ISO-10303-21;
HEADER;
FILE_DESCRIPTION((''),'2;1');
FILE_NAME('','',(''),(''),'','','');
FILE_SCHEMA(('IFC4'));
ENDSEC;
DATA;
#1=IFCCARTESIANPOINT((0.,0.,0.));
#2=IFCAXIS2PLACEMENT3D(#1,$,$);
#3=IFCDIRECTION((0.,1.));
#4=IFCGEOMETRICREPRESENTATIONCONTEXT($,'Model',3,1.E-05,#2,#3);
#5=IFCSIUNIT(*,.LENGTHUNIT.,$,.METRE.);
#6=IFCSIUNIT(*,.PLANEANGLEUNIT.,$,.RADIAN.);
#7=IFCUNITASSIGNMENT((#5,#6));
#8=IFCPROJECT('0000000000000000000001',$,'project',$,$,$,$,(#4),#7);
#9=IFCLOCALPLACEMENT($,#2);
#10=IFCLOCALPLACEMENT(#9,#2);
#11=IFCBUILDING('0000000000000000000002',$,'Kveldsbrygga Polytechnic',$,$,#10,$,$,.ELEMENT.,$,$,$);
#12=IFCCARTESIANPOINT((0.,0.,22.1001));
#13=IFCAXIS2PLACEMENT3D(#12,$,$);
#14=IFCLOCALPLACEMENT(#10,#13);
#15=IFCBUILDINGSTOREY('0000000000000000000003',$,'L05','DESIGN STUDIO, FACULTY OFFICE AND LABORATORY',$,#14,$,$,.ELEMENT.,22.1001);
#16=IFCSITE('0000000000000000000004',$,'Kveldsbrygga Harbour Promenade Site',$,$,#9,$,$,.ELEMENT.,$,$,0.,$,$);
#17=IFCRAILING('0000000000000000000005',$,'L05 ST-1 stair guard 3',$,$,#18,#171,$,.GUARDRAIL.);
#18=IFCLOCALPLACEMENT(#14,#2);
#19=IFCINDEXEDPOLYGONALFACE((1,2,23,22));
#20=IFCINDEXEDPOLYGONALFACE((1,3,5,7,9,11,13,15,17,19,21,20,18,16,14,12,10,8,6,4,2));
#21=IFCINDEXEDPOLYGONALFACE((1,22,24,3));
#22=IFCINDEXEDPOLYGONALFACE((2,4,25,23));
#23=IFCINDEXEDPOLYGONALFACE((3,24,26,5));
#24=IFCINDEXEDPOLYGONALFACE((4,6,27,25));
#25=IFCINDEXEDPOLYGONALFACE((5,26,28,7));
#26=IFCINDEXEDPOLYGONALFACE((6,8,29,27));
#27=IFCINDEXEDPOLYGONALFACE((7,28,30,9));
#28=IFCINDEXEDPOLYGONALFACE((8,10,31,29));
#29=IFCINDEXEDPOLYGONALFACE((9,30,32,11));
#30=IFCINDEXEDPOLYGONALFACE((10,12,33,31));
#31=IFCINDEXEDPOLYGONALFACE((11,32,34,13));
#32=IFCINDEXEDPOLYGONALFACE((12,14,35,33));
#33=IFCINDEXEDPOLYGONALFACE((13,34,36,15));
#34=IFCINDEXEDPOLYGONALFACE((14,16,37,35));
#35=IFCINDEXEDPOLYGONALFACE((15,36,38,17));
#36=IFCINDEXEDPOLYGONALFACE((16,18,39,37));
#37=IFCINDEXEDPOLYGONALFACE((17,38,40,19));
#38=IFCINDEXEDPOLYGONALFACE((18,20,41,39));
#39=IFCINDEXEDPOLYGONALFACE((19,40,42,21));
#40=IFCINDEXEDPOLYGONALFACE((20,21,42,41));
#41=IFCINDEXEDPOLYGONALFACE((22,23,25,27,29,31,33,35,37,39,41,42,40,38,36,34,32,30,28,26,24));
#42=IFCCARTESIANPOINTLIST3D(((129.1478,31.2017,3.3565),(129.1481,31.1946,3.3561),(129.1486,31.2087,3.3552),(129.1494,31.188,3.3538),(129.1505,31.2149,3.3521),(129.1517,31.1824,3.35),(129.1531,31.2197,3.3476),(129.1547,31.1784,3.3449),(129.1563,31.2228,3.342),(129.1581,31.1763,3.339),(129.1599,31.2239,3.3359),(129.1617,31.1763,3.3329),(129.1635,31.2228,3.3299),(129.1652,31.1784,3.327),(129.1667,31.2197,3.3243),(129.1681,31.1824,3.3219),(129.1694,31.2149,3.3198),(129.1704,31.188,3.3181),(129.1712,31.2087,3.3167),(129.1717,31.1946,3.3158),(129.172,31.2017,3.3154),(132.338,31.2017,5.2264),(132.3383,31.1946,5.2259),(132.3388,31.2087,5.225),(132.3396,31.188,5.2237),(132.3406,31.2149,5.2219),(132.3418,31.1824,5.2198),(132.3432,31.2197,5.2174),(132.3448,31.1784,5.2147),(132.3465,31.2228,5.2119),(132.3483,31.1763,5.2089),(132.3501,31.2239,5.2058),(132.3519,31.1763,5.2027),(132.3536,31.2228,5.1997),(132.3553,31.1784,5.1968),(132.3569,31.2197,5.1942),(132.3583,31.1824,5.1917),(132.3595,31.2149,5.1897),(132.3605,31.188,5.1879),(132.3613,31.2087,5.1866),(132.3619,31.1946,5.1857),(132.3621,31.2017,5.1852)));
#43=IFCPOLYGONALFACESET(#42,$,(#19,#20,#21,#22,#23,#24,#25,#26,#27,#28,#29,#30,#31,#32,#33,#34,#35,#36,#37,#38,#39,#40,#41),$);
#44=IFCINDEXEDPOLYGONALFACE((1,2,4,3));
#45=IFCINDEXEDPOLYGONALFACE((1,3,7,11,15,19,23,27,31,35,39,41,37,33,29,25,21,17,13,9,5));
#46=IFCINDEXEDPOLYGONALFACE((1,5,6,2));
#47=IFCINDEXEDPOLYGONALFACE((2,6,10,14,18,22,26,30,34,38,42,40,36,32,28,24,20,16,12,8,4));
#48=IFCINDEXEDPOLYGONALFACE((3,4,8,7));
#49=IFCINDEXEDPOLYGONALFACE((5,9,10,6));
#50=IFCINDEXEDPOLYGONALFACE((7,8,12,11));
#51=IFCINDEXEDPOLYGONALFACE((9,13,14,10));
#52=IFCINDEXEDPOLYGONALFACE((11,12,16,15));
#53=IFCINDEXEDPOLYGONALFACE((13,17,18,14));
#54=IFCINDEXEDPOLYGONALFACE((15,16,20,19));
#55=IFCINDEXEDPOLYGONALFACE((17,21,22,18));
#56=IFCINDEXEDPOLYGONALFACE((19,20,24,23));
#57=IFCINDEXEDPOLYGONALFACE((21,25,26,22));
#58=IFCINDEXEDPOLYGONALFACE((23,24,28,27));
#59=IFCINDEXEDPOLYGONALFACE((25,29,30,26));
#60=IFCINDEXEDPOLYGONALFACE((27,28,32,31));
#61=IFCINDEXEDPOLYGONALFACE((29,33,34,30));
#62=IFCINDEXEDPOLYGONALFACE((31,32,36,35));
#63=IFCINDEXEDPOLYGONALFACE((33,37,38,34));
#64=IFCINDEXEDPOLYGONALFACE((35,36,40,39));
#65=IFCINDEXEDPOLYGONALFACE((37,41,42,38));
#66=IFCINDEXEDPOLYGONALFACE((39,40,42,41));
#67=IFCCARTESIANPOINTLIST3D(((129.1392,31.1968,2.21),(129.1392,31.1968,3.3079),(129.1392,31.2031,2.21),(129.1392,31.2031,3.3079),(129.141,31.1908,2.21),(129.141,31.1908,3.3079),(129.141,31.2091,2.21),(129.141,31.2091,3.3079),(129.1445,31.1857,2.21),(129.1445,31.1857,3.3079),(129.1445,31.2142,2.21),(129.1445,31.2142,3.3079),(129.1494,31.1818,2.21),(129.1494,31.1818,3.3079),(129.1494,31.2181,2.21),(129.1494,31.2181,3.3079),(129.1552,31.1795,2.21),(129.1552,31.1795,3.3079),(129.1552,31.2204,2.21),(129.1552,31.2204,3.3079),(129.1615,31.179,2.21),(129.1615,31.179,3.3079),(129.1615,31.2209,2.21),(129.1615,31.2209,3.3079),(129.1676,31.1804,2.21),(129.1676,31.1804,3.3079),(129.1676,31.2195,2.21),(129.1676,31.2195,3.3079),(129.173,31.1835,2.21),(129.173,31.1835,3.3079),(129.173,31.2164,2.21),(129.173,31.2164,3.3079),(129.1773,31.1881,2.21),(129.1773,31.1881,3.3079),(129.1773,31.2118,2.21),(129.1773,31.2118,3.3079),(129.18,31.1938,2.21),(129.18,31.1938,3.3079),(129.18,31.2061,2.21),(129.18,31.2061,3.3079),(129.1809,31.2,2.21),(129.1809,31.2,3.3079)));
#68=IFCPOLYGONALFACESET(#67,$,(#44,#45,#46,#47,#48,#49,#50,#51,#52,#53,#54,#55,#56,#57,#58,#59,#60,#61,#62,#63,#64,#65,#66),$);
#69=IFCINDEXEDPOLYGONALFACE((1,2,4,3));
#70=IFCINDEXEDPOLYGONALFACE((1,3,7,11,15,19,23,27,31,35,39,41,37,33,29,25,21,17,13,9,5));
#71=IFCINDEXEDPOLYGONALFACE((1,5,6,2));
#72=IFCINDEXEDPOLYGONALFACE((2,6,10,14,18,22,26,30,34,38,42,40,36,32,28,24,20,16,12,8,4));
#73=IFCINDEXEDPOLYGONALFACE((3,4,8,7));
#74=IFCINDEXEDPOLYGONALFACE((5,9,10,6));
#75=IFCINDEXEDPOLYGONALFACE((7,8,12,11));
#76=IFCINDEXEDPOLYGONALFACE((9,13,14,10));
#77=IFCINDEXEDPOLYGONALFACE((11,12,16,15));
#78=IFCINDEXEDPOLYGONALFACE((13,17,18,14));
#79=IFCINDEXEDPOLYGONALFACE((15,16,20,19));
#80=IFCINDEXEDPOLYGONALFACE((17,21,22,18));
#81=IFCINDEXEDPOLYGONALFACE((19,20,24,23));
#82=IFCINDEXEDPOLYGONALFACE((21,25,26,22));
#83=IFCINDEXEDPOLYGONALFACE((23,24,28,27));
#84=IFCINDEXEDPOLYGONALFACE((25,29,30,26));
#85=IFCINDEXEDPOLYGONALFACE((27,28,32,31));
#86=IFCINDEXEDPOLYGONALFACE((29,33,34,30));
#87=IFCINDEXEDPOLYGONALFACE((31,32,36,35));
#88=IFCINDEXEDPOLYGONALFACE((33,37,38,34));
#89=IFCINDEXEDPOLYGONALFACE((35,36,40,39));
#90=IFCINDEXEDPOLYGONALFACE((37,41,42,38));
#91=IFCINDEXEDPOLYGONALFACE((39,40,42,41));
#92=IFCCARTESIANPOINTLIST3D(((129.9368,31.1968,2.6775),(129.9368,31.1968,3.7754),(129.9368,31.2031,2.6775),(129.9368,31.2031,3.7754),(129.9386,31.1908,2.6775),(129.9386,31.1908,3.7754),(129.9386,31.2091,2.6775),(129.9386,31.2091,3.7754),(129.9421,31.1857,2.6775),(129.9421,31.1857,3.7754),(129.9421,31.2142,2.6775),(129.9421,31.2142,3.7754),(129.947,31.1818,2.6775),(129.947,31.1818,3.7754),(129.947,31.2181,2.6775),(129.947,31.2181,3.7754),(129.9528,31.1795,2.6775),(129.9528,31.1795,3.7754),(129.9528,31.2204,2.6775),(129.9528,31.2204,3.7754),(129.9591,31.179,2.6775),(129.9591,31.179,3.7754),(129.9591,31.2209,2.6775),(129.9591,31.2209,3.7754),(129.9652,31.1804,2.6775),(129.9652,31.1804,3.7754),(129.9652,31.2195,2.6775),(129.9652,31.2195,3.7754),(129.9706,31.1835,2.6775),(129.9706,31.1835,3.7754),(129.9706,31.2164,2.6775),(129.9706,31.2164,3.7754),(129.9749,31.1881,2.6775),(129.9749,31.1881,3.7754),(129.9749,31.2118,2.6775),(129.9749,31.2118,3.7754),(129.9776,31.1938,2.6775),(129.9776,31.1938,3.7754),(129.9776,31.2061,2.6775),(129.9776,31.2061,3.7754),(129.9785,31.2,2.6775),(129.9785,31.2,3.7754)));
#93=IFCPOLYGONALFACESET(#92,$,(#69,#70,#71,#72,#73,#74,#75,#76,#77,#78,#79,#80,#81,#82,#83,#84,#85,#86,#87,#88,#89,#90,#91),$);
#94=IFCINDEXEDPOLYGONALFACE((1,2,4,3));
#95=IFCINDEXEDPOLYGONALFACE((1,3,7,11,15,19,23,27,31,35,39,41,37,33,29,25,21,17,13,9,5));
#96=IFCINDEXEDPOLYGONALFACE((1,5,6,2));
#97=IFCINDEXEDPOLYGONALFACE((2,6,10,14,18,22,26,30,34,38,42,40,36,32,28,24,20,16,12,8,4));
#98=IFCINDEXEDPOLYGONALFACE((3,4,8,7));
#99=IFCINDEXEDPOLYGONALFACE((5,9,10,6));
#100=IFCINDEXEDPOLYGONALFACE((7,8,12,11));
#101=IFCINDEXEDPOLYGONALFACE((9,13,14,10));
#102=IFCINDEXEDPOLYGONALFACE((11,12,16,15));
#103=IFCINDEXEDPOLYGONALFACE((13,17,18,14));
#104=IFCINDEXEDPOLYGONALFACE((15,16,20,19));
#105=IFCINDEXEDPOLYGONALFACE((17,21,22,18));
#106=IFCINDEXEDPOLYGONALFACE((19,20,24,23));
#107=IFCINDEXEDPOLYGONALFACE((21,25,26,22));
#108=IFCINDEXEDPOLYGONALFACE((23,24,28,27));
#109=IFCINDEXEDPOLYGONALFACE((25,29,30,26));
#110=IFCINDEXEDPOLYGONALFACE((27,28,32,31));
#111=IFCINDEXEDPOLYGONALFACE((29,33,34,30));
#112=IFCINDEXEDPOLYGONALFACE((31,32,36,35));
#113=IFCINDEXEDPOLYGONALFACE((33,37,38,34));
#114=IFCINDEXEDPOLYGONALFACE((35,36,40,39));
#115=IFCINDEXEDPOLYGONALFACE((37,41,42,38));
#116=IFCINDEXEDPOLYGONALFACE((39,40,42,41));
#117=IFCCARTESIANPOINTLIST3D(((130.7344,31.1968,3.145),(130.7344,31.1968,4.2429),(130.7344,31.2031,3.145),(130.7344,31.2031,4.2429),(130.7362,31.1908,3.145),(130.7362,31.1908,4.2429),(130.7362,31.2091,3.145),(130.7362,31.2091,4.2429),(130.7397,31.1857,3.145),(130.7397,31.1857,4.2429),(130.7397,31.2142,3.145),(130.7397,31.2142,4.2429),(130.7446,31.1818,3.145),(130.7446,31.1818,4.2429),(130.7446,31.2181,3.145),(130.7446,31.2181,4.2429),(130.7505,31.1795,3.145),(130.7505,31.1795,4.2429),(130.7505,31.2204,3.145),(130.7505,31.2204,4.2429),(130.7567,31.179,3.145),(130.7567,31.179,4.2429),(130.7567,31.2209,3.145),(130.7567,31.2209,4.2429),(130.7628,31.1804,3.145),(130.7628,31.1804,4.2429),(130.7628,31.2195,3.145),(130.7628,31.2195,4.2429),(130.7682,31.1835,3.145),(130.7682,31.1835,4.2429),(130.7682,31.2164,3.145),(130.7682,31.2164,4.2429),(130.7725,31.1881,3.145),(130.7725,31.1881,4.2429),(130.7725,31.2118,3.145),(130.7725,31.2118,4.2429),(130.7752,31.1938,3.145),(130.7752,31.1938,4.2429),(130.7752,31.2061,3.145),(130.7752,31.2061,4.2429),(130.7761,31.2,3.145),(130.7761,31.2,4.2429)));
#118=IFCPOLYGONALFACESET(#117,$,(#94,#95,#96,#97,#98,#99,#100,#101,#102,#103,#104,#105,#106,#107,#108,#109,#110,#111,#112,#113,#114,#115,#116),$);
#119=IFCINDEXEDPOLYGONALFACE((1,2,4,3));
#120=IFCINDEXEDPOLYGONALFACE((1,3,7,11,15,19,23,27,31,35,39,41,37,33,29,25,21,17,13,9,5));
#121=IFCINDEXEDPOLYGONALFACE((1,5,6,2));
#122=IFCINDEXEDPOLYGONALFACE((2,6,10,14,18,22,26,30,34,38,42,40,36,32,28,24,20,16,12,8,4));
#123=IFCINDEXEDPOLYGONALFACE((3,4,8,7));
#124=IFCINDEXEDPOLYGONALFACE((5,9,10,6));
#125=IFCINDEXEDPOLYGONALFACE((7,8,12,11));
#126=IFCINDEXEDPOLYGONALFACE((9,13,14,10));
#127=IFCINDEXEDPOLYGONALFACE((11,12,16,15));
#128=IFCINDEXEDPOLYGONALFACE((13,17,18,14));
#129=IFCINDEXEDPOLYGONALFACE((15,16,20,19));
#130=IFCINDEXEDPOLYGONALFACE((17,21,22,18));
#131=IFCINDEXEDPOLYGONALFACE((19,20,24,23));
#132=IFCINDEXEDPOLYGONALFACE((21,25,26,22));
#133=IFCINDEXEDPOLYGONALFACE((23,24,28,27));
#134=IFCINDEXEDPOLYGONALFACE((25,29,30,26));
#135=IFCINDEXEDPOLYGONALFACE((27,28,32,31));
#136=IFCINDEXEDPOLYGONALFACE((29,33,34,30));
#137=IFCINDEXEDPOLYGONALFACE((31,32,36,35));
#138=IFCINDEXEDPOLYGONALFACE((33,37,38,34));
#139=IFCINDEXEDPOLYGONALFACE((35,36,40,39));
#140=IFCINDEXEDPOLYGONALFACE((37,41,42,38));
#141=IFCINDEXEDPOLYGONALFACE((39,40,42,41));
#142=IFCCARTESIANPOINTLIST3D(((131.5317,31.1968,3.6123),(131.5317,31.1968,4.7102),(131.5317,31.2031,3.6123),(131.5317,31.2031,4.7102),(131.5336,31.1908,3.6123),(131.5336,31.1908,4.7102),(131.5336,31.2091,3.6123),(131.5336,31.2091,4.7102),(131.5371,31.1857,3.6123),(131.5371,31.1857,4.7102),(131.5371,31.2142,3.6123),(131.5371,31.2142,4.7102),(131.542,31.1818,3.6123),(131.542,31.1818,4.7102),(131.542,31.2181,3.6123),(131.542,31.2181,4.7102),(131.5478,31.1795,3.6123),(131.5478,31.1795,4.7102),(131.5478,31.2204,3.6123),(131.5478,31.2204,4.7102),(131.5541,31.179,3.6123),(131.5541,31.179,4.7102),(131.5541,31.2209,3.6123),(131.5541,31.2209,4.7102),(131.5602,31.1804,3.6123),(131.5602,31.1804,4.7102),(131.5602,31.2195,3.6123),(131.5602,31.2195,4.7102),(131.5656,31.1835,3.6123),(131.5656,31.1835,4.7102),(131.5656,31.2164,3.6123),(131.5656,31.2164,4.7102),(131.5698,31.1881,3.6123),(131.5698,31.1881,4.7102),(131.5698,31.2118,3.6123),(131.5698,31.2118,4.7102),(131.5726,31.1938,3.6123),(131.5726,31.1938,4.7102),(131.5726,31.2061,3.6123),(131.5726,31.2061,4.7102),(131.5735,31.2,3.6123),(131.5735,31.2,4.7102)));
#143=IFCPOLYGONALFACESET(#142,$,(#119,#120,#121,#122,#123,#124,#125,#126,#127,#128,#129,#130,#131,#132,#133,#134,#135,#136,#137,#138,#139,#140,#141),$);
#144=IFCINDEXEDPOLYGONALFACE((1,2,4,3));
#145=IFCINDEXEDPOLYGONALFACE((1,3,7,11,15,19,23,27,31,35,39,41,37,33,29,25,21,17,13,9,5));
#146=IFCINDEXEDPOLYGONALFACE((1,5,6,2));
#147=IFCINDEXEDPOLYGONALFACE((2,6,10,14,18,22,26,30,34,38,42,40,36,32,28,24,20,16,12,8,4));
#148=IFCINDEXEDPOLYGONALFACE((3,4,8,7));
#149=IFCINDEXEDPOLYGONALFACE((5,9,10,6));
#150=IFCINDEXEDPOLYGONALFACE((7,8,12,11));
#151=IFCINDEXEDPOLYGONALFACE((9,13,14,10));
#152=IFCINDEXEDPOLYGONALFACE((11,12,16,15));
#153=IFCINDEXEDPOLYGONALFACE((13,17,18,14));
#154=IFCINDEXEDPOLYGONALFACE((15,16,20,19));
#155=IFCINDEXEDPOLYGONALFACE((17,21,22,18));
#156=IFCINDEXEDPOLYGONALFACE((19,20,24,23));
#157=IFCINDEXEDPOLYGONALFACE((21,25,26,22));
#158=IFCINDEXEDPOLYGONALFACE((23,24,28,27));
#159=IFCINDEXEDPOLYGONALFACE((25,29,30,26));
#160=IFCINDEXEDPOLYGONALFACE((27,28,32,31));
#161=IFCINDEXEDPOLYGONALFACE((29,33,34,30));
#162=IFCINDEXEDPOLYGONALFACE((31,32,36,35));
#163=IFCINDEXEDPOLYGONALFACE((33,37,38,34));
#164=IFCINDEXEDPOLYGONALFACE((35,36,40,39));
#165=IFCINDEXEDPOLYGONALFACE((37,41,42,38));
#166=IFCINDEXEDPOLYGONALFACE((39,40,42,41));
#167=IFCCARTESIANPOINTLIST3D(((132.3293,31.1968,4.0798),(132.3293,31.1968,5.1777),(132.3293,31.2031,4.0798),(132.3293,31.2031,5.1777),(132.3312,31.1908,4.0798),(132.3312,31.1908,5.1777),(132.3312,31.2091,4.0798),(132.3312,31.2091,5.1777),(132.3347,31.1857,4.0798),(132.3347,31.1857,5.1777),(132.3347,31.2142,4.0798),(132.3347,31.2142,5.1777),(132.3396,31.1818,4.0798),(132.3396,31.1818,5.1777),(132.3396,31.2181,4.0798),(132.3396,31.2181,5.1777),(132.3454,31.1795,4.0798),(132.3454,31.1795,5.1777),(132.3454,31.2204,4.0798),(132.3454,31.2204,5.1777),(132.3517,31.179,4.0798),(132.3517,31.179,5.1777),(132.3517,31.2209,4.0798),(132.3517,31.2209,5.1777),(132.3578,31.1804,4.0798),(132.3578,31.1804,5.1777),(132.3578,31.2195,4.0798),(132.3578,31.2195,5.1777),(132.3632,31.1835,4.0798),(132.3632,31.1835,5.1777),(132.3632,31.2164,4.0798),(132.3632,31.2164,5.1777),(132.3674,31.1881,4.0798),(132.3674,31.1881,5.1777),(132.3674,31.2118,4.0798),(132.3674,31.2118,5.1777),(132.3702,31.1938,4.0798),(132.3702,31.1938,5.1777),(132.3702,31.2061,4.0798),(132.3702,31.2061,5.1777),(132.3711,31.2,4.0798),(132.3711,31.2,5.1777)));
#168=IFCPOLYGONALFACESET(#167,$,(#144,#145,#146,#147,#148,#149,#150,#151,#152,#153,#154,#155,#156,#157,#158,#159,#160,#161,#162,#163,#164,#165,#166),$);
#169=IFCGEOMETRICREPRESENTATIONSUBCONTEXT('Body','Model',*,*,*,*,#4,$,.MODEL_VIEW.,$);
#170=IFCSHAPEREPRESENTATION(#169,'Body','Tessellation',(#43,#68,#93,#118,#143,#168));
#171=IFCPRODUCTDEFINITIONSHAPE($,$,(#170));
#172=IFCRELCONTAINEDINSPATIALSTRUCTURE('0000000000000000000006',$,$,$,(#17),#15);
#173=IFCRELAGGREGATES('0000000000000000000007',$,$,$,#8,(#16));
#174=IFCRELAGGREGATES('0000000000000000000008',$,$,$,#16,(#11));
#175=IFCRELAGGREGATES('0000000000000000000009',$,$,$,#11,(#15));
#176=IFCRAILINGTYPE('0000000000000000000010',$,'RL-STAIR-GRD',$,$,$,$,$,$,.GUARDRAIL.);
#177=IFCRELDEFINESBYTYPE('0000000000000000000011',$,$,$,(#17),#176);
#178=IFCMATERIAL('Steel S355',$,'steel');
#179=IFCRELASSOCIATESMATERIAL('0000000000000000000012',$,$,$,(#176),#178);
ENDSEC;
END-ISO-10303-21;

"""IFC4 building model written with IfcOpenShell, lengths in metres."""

from ifc_helpers import new_model, si_unit, direction, frame, origin, origin_2d, place, context, subcontext, project, spatial, circle, extrude, material, type_object, element, save


model = new_model("IFC4")

# Units and contexts
model_context = context("Model", 3, precision=1e-05, world=origin(), true_north=direction((0.0, 1.0)))
body_context = subcontext(model_context, "Body", "Model", "MODEL_VIEW")
ifc_project = project(units=[si_unit("LENGTHUNIT", "METRE"), si_unit("PLANEANGLEUNIT", "RADIAN")], contexts=[model_context])

# Site, building, storey
site_placement = place(None, origin())
site = spatial("IfcSite", under=ifc_project, at=site_placement, Name="Kveldsbrygga Harbour Promenade Site", CompositionType="ELEMENT", RefElevation=0.0)
building_placement = place(site_placement, origin())
building = spatial("IfcBuilding", under=site, at=building_placement, Name="Kveldsbrygga Polytechnic", CompositionType="ELEMENT")
storey_placement = place(building_placement, frame((0.0, 0.0, 22.1001)))
storey = spatial("IfcBuildingStorey", under=building, at=storey_placement, Name="L05", Description="DESIGN STUDIO, FACULTY OFFICE AND LABORATORY", CompositionType="ELEMENT", Elevation=22.1001)

# Railing
ifc_material_1 = material(Name="Steel S355", Category="steel")
railing_type_1 = type_object("IfcRailingType", Name="RL-STAIR-GRD", PredefinedType="GUARDRAIL", material=ifc_material_1)
railing_1_placement = place(storey_placement, frame((129.1599, 31.2, 2.21)))
element("IfcRailing", 1, at=railing_1_placement, inside=storey, type_object=railing_type_1, Name="L05 ST-1 stair guard 3", PredefinedType="GUARDRAIL", context=body_context, shape_type="SweptSolid", body=[
    extrude(circle(Radius=0.0239, at=origin_2d()), frame((0.0, 0.0, 1.126), z_axis=(0.862726, 0.0, 0.505672), x_axis=(0.0, 1.0, 0.0)), (0.0, 0.0, 1.0), 3.6978),
    extrude(circle(Radius=0.021, at=origin_2d()), origin(), (0.0, 0.0, 1.0), 1.0979),
    extrude(circle(Radius=0.021, at=origin_2d()), frame((0.7976, 0.0, 0.4675)), (0.0, 0.0, 1.0), 1.0979),
    extrude(circle(Radius=0.021, at=origin_2d()), frame((1.5952, 0.0, 0.9351)), (0.0, 0.0, 1.0), 1.0979),
    extrude(circle(Radius=0.021, at=origin_2d()), frame((2.3926, 0.0, 1.4023)), (0.0, 0.0, 1.0), 1.0979),
    extrude(circle(Radius=0.021, at=origin_2d()), frame((3.1902, 0.0, 1.8699)), (0.0, 0.0, 1.0), 1.0979),
])

save(model, "model.ifc")
